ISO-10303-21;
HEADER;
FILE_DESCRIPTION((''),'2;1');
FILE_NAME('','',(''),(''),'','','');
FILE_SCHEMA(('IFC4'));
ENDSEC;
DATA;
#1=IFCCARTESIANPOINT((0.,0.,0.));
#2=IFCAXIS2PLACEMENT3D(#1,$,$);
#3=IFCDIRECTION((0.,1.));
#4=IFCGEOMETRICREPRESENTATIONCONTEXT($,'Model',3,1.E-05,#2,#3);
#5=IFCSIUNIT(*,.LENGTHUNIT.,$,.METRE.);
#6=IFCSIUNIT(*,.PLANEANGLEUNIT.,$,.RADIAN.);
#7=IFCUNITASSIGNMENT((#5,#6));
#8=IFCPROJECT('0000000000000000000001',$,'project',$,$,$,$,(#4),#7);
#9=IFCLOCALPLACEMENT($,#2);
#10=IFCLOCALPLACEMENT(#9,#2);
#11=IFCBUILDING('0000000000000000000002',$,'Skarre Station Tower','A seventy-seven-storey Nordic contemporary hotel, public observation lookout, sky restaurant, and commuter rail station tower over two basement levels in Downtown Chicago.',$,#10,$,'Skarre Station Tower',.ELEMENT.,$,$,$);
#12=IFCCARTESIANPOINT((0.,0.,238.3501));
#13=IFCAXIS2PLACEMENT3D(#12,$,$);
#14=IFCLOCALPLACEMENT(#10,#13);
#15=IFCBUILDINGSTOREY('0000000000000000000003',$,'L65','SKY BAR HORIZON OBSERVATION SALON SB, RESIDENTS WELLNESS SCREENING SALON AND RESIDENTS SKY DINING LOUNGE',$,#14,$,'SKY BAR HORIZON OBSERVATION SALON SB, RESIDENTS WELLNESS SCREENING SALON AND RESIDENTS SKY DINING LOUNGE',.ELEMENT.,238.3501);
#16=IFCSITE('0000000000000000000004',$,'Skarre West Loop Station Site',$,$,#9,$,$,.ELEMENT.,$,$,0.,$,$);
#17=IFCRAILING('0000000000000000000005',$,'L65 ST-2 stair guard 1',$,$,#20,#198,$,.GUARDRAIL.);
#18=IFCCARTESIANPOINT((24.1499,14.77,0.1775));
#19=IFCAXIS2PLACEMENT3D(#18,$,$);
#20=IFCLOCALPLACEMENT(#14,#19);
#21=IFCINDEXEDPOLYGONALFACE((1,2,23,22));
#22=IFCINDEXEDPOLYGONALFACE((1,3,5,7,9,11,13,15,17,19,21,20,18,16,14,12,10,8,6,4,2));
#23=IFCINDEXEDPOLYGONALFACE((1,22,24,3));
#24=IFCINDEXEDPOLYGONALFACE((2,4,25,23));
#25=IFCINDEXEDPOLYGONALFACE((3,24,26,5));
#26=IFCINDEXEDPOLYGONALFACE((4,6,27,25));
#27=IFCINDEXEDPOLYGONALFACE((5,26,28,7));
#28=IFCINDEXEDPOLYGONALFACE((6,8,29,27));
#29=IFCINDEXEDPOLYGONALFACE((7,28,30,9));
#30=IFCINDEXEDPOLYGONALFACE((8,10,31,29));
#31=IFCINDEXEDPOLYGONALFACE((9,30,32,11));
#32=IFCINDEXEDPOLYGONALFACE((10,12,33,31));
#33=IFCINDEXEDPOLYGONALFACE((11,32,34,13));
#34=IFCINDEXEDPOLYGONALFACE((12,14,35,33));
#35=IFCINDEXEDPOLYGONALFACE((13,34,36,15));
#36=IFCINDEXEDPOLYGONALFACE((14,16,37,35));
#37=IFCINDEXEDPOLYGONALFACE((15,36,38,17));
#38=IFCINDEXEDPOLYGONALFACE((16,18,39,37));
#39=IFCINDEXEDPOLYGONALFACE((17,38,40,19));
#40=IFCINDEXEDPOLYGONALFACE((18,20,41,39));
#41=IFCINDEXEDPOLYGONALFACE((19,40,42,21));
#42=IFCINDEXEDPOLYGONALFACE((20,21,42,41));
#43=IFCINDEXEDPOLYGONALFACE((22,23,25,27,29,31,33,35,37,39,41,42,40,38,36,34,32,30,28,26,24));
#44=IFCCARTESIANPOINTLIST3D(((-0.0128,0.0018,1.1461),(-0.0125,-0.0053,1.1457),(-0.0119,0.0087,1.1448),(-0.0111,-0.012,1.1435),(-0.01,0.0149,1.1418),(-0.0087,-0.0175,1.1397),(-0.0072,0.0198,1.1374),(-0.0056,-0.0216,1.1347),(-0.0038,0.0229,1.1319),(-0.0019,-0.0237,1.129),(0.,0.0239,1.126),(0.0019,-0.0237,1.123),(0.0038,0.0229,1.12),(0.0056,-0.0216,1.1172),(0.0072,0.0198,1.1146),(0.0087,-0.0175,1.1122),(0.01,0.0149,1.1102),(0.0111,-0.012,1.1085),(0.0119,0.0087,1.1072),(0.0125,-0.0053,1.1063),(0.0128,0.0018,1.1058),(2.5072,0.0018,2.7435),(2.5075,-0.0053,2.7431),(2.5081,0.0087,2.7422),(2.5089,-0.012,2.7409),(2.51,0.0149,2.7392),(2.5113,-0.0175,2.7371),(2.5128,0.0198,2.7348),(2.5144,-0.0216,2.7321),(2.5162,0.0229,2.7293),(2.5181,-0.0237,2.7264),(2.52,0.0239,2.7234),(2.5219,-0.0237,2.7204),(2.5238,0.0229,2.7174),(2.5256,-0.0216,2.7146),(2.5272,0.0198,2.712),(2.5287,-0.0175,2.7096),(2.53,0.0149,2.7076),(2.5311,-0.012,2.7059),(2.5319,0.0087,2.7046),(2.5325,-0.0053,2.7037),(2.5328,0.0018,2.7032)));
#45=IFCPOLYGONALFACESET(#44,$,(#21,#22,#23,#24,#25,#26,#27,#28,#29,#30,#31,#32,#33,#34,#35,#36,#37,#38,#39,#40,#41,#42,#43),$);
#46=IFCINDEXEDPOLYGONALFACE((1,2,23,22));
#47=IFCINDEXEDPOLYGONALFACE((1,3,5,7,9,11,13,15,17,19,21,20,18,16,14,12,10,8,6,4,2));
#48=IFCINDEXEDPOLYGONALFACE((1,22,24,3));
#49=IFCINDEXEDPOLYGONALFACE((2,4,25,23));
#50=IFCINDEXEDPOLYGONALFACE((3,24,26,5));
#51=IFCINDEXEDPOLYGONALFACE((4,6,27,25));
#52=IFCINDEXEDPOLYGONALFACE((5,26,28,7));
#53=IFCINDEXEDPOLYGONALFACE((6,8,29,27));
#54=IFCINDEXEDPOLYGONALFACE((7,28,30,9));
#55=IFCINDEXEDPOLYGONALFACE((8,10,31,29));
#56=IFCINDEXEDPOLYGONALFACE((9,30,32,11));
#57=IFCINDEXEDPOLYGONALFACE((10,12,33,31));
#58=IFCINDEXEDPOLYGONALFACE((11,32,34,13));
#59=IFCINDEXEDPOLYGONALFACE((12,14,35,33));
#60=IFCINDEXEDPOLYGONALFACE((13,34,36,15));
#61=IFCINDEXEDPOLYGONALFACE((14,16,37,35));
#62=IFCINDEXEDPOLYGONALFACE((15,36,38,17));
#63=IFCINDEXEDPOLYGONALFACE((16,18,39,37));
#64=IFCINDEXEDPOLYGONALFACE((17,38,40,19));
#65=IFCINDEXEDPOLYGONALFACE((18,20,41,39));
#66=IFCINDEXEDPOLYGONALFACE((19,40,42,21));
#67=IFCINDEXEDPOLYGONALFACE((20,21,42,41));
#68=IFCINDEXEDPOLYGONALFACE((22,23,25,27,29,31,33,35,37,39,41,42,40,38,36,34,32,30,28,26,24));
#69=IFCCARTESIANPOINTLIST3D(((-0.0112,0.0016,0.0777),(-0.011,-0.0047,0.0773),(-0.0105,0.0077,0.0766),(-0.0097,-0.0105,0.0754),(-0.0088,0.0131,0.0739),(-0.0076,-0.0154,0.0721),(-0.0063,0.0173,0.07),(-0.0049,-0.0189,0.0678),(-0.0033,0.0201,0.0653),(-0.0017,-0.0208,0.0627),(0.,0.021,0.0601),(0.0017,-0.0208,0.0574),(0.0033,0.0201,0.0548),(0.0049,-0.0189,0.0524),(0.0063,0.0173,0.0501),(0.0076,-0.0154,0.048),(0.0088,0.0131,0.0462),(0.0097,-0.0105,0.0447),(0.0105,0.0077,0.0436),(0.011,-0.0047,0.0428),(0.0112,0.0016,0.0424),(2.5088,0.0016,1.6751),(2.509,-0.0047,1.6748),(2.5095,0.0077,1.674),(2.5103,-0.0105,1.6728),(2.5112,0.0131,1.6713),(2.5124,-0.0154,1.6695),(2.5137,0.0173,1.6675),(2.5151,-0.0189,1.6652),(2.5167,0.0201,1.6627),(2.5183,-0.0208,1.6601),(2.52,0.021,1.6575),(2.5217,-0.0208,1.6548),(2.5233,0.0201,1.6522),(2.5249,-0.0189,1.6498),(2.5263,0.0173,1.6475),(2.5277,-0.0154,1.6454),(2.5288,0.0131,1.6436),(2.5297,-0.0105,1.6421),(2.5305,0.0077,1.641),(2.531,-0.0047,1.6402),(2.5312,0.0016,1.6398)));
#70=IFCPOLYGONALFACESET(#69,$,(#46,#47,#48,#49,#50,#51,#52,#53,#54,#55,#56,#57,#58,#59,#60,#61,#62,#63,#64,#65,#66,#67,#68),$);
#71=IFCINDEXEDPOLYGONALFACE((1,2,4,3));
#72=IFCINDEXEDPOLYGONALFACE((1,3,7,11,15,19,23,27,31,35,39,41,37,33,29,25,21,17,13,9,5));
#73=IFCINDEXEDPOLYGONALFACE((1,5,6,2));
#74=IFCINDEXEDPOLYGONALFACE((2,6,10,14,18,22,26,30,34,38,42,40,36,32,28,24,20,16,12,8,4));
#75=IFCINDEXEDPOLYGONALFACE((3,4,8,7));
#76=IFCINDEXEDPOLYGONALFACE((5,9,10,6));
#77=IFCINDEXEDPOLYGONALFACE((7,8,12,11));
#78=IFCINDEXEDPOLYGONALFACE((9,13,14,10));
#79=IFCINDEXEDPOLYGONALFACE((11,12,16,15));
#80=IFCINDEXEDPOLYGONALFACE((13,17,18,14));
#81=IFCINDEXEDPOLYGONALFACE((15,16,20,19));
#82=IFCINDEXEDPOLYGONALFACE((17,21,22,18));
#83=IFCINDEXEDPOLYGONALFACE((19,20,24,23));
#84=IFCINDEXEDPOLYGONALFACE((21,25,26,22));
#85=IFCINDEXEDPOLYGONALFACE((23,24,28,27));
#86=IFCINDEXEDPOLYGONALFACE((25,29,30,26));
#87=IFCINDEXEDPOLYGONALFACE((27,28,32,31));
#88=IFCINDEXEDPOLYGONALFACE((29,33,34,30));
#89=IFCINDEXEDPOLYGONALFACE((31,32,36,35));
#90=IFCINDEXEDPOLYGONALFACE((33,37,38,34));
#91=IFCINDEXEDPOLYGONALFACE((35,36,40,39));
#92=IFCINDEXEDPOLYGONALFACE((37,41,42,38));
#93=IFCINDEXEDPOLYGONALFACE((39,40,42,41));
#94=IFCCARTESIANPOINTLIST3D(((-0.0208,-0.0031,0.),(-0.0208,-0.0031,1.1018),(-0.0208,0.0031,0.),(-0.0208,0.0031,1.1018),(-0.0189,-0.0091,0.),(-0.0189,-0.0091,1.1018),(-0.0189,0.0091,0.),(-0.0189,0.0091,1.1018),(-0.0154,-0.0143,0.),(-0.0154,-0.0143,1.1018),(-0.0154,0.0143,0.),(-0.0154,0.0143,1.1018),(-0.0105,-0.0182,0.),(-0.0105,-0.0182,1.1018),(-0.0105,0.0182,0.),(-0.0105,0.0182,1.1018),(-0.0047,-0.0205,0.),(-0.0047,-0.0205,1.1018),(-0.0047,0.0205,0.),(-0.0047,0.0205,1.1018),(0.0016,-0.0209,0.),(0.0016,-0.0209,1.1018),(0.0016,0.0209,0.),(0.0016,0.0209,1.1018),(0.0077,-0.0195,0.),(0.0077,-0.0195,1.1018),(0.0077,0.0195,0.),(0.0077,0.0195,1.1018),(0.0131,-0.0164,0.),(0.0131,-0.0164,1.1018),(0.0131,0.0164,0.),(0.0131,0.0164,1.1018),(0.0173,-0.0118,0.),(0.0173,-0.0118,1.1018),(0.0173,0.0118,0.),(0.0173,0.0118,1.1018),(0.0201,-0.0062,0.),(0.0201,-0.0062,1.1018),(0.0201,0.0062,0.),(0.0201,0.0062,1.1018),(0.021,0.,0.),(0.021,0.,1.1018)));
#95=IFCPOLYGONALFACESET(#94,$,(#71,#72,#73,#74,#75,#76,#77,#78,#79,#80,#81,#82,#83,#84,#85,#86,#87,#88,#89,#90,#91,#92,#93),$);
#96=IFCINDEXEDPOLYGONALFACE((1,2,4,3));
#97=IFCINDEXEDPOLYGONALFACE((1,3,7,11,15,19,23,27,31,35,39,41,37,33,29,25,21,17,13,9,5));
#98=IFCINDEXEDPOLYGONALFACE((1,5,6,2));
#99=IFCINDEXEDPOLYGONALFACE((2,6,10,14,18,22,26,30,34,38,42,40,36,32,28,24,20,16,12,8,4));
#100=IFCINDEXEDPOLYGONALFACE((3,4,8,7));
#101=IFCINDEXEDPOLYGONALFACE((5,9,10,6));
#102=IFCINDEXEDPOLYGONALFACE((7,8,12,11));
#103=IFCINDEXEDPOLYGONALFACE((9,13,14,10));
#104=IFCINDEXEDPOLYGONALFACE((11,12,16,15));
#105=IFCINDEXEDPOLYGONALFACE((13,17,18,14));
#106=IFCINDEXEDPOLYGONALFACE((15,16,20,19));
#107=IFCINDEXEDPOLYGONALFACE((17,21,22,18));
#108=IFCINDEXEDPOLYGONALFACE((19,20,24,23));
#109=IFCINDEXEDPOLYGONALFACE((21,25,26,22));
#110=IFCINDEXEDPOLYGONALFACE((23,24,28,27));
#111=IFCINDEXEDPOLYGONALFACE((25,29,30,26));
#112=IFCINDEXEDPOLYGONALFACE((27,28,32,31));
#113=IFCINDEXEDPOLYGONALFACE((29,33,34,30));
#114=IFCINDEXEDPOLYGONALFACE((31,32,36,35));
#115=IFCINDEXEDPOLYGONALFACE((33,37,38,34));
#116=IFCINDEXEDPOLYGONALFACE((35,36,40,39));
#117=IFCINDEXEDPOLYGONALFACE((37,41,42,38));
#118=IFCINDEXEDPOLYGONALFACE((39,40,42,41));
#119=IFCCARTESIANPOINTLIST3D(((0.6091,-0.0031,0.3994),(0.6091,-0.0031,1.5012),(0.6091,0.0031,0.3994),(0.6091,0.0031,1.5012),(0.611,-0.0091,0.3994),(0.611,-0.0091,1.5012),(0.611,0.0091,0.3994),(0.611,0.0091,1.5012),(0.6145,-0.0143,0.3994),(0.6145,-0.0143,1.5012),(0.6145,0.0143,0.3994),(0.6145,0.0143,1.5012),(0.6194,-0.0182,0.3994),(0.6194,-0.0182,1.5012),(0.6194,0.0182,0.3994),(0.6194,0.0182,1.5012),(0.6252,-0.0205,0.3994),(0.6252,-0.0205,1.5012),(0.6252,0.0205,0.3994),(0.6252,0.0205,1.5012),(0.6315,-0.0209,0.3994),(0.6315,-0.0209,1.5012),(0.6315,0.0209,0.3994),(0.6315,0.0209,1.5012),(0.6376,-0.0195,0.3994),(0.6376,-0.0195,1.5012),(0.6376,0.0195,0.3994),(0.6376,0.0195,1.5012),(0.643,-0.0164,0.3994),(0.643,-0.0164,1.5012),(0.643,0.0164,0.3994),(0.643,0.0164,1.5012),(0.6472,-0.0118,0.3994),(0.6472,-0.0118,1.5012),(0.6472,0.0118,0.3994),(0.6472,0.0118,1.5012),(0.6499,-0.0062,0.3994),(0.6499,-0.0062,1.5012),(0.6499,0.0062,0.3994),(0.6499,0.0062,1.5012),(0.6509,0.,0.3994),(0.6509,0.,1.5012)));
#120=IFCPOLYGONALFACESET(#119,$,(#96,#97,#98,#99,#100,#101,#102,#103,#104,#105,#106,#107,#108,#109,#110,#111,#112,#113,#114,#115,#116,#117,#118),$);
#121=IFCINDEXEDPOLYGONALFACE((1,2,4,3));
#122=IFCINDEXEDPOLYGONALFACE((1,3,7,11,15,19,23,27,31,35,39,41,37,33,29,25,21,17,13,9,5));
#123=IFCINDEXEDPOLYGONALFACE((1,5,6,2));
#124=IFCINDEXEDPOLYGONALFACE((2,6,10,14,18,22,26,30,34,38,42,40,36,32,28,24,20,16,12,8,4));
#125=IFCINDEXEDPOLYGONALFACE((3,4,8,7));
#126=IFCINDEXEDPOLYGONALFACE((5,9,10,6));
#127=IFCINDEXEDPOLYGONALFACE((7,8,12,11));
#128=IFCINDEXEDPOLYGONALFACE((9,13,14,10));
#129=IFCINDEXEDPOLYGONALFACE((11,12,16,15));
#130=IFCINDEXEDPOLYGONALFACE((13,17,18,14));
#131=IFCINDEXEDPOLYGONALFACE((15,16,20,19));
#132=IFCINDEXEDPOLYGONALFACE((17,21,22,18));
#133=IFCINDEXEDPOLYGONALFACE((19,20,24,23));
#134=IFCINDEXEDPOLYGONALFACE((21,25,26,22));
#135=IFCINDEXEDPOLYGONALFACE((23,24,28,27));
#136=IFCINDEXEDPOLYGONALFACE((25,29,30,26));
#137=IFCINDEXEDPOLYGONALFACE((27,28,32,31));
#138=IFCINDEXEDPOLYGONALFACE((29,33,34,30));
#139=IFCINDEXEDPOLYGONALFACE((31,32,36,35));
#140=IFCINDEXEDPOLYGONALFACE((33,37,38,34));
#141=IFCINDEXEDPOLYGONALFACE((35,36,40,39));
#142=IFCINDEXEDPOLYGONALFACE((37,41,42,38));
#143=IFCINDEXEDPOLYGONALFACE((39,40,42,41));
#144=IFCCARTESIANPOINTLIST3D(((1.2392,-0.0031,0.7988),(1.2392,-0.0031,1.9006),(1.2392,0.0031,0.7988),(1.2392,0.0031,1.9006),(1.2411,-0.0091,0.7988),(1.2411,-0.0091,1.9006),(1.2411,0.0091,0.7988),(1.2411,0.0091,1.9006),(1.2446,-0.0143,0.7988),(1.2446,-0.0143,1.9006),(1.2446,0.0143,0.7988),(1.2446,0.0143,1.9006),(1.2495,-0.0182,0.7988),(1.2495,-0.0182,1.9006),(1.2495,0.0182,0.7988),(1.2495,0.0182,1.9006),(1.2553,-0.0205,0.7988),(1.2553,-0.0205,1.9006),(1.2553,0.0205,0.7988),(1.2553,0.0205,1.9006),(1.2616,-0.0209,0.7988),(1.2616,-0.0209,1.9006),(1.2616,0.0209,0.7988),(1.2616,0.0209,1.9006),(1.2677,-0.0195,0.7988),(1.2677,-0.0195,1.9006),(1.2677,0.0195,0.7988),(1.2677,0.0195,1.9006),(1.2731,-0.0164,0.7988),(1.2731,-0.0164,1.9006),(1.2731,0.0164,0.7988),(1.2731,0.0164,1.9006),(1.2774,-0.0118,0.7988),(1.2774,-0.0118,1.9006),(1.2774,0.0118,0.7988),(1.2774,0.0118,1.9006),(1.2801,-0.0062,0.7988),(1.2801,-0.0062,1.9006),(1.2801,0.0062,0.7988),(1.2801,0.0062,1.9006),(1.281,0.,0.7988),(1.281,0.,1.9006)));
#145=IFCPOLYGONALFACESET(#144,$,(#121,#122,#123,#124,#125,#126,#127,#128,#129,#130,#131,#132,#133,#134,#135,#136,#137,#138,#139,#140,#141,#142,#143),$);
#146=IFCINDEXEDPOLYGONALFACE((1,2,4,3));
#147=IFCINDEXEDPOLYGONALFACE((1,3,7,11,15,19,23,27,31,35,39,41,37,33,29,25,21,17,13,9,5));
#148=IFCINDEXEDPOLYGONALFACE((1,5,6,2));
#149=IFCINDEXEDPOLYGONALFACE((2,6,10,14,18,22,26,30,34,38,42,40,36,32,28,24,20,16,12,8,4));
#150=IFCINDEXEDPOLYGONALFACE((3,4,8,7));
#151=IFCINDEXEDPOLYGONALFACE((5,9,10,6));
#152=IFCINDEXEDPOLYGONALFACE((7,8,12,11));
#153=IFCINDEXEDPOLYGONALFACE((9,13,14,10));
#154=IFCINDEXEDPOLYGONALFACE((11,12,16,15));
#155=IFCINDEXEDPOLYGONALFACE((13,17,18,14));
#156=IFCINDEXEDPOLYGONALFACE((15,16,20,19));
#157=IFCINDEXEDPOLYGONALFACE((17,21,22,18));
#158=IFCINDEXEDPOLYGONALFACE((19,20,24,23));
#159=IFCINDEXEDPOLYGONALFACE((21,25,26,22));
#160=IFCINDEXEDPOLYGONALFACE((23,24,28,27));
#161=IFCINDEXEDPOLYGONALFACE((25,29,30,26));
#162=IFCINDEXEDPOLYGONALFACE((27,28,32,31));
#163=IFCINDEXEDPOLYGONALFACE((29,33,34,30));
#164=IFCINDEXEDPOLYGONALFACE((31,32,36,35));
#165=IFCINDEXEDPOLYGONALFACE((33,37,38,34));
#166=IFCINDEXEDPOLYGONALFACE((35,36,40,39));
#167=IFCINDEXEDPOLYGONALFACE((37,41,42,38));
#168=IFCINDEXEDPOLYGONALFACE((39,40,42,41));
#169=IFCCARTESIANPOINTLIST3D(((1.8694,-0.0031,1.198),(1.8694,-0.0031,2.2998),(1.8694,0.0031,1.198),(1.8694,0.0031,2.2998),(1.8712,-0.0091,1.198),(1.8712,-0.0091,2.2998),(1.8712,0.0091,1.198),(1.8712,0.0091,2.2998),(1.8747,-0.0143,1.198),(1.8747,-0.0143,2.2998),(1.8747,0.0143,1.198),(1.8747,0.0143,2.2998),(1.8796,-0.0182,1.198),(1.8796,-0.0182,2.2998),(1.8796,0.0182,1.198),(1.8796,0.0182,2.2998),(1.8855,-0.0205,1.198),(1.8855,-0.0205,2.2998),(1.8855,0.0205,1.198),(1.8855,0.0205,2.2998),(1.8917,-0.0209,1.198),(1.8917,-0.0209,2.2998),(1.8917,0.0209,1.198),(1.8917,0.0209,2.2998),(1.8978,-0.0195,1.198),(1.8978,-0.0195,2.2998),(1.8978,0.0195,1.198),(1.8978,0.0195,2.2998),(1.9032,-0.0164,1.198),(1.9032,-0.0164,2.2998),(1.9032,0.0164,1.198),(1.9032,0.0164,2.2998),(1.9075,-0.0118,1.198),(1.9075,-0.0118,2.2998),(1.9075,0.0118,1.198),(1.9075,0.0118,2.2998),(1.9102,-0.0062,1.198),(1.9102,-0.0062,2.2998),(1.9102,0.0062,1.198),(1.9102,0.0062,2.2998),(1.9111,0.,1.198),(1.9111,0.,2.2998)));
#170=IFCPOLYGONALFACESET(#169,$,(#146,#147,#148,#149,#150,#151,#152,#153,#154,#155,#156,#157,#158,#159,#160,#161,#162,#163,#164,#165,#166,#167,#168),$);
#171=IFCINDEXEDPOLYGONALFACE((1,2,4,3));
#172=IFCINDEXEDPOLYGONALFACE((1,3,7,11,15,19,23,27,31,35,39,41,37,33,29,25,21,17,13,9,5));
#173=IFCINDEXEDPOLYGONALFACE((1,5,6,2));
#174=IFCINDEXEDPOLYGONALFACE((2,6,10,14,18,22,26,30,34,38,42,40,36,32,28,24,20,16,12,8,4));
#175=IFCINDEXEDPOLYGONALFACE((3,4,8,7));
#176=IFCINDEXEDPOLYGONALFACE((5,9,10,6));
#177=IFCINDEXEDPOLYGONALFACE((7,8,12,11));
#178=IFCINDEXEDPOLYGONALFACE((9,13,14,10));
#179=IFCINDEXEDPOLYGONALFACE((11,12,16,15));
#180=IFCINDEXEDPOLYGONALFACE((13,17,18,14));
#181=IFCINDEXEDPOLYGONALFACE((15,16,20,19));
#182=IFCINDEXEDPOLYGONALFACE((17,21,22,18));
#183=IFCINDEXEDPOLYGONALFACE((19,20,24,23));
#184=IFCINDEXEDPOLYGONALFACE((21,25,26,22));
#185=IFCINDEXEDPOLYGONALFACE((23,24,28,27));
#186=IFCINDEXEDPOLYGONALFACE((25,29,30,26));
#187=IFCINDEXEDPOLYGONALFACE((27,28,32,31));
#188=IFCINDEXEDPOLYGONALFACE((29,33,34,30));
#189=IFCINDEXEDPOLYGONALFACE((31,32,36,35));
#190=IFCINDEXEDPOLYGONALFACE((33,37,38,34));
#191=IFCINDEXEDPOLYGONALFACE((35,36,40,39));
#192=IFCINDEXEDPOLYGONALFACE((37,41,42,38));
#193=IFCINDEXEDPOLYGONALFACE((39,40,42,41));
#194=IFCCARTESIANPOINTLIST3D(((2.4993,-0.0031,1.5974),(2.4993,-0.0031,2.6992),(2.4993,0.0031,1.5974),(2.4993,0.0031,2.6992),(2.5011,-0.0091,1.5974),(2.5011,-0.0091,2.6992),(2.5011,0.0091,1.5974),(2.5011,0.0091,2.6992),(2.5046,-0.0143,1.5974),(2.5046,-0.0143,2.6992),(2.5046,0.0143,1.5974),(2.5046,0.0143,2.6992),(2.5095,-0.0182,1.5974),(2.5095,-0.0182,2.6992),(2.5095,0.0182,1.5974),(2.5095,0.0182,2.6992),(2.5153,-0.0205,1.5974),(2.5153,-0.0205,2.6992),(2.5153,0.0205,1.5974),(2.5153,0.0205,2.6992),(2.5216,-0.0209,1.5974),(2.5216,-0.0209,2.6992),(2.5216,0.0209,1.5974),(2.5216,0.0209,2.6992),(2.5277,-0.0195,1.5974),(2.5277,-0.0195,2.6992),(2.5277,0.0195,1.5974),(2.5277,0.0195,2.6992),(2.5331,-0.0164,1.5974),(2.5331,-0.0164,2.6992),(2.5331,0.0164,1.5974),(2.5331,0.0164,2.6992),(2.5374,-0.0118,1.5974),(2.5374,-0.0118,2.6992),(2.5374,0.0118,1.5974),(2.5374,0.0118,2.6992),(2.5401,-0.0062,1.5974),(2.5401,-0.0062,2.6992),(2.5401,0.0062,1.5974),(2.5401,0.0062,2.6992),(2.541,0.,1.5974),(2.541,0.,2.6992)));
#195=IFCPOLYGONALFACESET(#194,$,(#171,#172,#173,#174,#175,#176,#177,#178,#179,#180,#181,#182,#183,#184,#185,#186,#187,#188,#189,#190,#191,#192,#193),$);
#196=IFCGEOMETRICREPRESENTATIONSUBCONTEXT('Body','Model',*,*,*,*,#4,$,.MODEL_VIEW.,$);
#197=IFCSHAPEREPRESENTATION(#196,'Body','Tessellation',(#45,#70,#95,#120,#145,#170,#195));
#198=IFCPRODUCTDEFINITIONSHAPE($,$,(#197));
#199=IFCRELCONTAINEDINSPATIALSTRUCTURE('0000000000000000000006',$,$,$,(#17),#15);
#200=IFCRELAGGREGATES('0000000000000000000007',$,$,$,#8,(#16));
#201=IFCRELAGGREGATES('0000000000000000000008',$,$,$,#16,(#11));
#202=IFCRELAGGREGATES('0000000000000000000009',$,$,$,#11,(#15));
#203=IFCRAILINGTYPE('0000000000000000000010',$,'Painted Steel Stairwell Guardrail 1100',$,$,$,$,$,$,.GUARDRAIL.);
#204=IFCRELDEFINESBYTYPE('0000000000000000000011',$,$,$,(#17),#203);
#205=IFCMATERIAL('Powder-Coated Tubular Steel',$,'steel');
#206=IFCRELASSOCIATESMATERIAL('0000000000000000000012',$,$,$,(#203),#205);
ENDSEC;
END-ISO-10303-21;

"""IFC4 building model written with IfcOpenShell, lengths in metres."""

from ifc_helpers import new_model, si_unit, direction, frame, origin, origin_2d, place, context, subcontext, project, spatial, circle, extrude, material, type_object, element, save


model = new_model("IFC4")

# Units and contexts
model_context = context("Model", 3, precision=1e-05, world=origin(), true_north=direction((0.0, 1.0)))
body_context = subcontext(model_context, "Body", "Model", "MODEL_VIEW")
ifc_project = project(units=[si_unit("LENGTHUNIT", "METRE"), si_unit("PLANEANGLEUNIT", "RADIAN")], contexts=[model_context])

# Site, building, storey
site_placement = place(None, origin())
site = spatial("IfcSite", under=ifc_project, at=site_placement, Name="Skarre West Loop Station Site", CompositionType="ELEMENT", RefElevation=0.0)
building_placement = place(site_placement, origin())
building = spatial("IfcBuilding", under=site, at=building_placement, Name="Skarre Station Tower", Description="A seventy-seven-storey Nordic contemporary hotel, public observation lookout, sky restaurant, and commuter rail station tower over two basement levels in Downtown Chicago.", LongName="Skarre Station Tower", CompositionType="ELEMENT")
storey_placement = place(building_placement, frame((0.0, 0.0, 238.3501)))
storey = spatial("IfcBuildingStorey", under=building, at=storey_placement, Name="L65", Description="SKY BAR HORIZON OBSERVATION SALON SB, RESIDENTS WELLNESS SCREENING SALON AND RESIDENTS SKY DINING LOUNGE", LongName="SKY BAR HORIZON OBSERVATION SALON SB, RESIDENTS WELLNESS SCREENING SALON AND RESIDENTS SKY DINING LOUNGE", CompositionType="ELEMENT", Elevation=238.3501)

# Railing
ifc_material_1 = material(Name="Powder-Coated Tubular Steel", Category="steel")
railing_type_1 = type_object("IfcRailingType", Name="Painted Steel Stairwell Guardrail 1100", PredefinedType="GUARDRAIL", material=ifc_material_1)
railing_1_placement = place(storey_placement, frame((24.1499, 14.77, 0.1775)))
element("IfcRailing", 1, at=railing_1_placement, inside=storey, type_object=railing_type_1, Name="L65 ST-2 stair guard 1", PredefinedType="GUARDRAIL", context=body_context, shape_type="SweptSolid", body=[
    extrude(circle(Radius=0.0239, at=origin_2d()), frame((0.0, 0.0, 1.126), z_axis=(0.844607, 0.0, 0.535387), x_axis=(0.0, 1.0, 0.0)), (0.0, 0.0, 1.0), 2.9836),
    extrude(circle(Radius=0.021, at=origin_2d()), frame((0.0, 0.0, 0.0601), z_axis=(0.844607, 0.0, 0.535387), x_axis=(0.0, 1.0, 0.0)), (0.0, 0.0, 1.0), 2.9836),
    extrude(circle(Radius=0.021, at=origin_2d()), origin(), (0.0, 0.0, 1.0), 1.1018),
    extrude(circle(Radius=0.021, at=origin_2d()), frame((0.6299, 0.0, 0.3994)), (0.0, 0.0, 1.0), 1.1018),
    extrude(circle(Radius=0.021, at=origin_2d()), frame((1.26, 0.0, 0.7988)), (0.0, 0.0, 1.0), 1.1018),
    extrude(circle(Radius=0.021, at=origin_2d()), frame((1.8901, 0.0, 1.198)), (0.0, 0.0, 1.0), 1.1018),
    extrude(circle(Radius=0.021, at=origin_2d()), frame((2.52, 0.0, 1.5974)), (0.0, 0.0, 1.0), 1.1018),
])

save(model, "model.ifc")
